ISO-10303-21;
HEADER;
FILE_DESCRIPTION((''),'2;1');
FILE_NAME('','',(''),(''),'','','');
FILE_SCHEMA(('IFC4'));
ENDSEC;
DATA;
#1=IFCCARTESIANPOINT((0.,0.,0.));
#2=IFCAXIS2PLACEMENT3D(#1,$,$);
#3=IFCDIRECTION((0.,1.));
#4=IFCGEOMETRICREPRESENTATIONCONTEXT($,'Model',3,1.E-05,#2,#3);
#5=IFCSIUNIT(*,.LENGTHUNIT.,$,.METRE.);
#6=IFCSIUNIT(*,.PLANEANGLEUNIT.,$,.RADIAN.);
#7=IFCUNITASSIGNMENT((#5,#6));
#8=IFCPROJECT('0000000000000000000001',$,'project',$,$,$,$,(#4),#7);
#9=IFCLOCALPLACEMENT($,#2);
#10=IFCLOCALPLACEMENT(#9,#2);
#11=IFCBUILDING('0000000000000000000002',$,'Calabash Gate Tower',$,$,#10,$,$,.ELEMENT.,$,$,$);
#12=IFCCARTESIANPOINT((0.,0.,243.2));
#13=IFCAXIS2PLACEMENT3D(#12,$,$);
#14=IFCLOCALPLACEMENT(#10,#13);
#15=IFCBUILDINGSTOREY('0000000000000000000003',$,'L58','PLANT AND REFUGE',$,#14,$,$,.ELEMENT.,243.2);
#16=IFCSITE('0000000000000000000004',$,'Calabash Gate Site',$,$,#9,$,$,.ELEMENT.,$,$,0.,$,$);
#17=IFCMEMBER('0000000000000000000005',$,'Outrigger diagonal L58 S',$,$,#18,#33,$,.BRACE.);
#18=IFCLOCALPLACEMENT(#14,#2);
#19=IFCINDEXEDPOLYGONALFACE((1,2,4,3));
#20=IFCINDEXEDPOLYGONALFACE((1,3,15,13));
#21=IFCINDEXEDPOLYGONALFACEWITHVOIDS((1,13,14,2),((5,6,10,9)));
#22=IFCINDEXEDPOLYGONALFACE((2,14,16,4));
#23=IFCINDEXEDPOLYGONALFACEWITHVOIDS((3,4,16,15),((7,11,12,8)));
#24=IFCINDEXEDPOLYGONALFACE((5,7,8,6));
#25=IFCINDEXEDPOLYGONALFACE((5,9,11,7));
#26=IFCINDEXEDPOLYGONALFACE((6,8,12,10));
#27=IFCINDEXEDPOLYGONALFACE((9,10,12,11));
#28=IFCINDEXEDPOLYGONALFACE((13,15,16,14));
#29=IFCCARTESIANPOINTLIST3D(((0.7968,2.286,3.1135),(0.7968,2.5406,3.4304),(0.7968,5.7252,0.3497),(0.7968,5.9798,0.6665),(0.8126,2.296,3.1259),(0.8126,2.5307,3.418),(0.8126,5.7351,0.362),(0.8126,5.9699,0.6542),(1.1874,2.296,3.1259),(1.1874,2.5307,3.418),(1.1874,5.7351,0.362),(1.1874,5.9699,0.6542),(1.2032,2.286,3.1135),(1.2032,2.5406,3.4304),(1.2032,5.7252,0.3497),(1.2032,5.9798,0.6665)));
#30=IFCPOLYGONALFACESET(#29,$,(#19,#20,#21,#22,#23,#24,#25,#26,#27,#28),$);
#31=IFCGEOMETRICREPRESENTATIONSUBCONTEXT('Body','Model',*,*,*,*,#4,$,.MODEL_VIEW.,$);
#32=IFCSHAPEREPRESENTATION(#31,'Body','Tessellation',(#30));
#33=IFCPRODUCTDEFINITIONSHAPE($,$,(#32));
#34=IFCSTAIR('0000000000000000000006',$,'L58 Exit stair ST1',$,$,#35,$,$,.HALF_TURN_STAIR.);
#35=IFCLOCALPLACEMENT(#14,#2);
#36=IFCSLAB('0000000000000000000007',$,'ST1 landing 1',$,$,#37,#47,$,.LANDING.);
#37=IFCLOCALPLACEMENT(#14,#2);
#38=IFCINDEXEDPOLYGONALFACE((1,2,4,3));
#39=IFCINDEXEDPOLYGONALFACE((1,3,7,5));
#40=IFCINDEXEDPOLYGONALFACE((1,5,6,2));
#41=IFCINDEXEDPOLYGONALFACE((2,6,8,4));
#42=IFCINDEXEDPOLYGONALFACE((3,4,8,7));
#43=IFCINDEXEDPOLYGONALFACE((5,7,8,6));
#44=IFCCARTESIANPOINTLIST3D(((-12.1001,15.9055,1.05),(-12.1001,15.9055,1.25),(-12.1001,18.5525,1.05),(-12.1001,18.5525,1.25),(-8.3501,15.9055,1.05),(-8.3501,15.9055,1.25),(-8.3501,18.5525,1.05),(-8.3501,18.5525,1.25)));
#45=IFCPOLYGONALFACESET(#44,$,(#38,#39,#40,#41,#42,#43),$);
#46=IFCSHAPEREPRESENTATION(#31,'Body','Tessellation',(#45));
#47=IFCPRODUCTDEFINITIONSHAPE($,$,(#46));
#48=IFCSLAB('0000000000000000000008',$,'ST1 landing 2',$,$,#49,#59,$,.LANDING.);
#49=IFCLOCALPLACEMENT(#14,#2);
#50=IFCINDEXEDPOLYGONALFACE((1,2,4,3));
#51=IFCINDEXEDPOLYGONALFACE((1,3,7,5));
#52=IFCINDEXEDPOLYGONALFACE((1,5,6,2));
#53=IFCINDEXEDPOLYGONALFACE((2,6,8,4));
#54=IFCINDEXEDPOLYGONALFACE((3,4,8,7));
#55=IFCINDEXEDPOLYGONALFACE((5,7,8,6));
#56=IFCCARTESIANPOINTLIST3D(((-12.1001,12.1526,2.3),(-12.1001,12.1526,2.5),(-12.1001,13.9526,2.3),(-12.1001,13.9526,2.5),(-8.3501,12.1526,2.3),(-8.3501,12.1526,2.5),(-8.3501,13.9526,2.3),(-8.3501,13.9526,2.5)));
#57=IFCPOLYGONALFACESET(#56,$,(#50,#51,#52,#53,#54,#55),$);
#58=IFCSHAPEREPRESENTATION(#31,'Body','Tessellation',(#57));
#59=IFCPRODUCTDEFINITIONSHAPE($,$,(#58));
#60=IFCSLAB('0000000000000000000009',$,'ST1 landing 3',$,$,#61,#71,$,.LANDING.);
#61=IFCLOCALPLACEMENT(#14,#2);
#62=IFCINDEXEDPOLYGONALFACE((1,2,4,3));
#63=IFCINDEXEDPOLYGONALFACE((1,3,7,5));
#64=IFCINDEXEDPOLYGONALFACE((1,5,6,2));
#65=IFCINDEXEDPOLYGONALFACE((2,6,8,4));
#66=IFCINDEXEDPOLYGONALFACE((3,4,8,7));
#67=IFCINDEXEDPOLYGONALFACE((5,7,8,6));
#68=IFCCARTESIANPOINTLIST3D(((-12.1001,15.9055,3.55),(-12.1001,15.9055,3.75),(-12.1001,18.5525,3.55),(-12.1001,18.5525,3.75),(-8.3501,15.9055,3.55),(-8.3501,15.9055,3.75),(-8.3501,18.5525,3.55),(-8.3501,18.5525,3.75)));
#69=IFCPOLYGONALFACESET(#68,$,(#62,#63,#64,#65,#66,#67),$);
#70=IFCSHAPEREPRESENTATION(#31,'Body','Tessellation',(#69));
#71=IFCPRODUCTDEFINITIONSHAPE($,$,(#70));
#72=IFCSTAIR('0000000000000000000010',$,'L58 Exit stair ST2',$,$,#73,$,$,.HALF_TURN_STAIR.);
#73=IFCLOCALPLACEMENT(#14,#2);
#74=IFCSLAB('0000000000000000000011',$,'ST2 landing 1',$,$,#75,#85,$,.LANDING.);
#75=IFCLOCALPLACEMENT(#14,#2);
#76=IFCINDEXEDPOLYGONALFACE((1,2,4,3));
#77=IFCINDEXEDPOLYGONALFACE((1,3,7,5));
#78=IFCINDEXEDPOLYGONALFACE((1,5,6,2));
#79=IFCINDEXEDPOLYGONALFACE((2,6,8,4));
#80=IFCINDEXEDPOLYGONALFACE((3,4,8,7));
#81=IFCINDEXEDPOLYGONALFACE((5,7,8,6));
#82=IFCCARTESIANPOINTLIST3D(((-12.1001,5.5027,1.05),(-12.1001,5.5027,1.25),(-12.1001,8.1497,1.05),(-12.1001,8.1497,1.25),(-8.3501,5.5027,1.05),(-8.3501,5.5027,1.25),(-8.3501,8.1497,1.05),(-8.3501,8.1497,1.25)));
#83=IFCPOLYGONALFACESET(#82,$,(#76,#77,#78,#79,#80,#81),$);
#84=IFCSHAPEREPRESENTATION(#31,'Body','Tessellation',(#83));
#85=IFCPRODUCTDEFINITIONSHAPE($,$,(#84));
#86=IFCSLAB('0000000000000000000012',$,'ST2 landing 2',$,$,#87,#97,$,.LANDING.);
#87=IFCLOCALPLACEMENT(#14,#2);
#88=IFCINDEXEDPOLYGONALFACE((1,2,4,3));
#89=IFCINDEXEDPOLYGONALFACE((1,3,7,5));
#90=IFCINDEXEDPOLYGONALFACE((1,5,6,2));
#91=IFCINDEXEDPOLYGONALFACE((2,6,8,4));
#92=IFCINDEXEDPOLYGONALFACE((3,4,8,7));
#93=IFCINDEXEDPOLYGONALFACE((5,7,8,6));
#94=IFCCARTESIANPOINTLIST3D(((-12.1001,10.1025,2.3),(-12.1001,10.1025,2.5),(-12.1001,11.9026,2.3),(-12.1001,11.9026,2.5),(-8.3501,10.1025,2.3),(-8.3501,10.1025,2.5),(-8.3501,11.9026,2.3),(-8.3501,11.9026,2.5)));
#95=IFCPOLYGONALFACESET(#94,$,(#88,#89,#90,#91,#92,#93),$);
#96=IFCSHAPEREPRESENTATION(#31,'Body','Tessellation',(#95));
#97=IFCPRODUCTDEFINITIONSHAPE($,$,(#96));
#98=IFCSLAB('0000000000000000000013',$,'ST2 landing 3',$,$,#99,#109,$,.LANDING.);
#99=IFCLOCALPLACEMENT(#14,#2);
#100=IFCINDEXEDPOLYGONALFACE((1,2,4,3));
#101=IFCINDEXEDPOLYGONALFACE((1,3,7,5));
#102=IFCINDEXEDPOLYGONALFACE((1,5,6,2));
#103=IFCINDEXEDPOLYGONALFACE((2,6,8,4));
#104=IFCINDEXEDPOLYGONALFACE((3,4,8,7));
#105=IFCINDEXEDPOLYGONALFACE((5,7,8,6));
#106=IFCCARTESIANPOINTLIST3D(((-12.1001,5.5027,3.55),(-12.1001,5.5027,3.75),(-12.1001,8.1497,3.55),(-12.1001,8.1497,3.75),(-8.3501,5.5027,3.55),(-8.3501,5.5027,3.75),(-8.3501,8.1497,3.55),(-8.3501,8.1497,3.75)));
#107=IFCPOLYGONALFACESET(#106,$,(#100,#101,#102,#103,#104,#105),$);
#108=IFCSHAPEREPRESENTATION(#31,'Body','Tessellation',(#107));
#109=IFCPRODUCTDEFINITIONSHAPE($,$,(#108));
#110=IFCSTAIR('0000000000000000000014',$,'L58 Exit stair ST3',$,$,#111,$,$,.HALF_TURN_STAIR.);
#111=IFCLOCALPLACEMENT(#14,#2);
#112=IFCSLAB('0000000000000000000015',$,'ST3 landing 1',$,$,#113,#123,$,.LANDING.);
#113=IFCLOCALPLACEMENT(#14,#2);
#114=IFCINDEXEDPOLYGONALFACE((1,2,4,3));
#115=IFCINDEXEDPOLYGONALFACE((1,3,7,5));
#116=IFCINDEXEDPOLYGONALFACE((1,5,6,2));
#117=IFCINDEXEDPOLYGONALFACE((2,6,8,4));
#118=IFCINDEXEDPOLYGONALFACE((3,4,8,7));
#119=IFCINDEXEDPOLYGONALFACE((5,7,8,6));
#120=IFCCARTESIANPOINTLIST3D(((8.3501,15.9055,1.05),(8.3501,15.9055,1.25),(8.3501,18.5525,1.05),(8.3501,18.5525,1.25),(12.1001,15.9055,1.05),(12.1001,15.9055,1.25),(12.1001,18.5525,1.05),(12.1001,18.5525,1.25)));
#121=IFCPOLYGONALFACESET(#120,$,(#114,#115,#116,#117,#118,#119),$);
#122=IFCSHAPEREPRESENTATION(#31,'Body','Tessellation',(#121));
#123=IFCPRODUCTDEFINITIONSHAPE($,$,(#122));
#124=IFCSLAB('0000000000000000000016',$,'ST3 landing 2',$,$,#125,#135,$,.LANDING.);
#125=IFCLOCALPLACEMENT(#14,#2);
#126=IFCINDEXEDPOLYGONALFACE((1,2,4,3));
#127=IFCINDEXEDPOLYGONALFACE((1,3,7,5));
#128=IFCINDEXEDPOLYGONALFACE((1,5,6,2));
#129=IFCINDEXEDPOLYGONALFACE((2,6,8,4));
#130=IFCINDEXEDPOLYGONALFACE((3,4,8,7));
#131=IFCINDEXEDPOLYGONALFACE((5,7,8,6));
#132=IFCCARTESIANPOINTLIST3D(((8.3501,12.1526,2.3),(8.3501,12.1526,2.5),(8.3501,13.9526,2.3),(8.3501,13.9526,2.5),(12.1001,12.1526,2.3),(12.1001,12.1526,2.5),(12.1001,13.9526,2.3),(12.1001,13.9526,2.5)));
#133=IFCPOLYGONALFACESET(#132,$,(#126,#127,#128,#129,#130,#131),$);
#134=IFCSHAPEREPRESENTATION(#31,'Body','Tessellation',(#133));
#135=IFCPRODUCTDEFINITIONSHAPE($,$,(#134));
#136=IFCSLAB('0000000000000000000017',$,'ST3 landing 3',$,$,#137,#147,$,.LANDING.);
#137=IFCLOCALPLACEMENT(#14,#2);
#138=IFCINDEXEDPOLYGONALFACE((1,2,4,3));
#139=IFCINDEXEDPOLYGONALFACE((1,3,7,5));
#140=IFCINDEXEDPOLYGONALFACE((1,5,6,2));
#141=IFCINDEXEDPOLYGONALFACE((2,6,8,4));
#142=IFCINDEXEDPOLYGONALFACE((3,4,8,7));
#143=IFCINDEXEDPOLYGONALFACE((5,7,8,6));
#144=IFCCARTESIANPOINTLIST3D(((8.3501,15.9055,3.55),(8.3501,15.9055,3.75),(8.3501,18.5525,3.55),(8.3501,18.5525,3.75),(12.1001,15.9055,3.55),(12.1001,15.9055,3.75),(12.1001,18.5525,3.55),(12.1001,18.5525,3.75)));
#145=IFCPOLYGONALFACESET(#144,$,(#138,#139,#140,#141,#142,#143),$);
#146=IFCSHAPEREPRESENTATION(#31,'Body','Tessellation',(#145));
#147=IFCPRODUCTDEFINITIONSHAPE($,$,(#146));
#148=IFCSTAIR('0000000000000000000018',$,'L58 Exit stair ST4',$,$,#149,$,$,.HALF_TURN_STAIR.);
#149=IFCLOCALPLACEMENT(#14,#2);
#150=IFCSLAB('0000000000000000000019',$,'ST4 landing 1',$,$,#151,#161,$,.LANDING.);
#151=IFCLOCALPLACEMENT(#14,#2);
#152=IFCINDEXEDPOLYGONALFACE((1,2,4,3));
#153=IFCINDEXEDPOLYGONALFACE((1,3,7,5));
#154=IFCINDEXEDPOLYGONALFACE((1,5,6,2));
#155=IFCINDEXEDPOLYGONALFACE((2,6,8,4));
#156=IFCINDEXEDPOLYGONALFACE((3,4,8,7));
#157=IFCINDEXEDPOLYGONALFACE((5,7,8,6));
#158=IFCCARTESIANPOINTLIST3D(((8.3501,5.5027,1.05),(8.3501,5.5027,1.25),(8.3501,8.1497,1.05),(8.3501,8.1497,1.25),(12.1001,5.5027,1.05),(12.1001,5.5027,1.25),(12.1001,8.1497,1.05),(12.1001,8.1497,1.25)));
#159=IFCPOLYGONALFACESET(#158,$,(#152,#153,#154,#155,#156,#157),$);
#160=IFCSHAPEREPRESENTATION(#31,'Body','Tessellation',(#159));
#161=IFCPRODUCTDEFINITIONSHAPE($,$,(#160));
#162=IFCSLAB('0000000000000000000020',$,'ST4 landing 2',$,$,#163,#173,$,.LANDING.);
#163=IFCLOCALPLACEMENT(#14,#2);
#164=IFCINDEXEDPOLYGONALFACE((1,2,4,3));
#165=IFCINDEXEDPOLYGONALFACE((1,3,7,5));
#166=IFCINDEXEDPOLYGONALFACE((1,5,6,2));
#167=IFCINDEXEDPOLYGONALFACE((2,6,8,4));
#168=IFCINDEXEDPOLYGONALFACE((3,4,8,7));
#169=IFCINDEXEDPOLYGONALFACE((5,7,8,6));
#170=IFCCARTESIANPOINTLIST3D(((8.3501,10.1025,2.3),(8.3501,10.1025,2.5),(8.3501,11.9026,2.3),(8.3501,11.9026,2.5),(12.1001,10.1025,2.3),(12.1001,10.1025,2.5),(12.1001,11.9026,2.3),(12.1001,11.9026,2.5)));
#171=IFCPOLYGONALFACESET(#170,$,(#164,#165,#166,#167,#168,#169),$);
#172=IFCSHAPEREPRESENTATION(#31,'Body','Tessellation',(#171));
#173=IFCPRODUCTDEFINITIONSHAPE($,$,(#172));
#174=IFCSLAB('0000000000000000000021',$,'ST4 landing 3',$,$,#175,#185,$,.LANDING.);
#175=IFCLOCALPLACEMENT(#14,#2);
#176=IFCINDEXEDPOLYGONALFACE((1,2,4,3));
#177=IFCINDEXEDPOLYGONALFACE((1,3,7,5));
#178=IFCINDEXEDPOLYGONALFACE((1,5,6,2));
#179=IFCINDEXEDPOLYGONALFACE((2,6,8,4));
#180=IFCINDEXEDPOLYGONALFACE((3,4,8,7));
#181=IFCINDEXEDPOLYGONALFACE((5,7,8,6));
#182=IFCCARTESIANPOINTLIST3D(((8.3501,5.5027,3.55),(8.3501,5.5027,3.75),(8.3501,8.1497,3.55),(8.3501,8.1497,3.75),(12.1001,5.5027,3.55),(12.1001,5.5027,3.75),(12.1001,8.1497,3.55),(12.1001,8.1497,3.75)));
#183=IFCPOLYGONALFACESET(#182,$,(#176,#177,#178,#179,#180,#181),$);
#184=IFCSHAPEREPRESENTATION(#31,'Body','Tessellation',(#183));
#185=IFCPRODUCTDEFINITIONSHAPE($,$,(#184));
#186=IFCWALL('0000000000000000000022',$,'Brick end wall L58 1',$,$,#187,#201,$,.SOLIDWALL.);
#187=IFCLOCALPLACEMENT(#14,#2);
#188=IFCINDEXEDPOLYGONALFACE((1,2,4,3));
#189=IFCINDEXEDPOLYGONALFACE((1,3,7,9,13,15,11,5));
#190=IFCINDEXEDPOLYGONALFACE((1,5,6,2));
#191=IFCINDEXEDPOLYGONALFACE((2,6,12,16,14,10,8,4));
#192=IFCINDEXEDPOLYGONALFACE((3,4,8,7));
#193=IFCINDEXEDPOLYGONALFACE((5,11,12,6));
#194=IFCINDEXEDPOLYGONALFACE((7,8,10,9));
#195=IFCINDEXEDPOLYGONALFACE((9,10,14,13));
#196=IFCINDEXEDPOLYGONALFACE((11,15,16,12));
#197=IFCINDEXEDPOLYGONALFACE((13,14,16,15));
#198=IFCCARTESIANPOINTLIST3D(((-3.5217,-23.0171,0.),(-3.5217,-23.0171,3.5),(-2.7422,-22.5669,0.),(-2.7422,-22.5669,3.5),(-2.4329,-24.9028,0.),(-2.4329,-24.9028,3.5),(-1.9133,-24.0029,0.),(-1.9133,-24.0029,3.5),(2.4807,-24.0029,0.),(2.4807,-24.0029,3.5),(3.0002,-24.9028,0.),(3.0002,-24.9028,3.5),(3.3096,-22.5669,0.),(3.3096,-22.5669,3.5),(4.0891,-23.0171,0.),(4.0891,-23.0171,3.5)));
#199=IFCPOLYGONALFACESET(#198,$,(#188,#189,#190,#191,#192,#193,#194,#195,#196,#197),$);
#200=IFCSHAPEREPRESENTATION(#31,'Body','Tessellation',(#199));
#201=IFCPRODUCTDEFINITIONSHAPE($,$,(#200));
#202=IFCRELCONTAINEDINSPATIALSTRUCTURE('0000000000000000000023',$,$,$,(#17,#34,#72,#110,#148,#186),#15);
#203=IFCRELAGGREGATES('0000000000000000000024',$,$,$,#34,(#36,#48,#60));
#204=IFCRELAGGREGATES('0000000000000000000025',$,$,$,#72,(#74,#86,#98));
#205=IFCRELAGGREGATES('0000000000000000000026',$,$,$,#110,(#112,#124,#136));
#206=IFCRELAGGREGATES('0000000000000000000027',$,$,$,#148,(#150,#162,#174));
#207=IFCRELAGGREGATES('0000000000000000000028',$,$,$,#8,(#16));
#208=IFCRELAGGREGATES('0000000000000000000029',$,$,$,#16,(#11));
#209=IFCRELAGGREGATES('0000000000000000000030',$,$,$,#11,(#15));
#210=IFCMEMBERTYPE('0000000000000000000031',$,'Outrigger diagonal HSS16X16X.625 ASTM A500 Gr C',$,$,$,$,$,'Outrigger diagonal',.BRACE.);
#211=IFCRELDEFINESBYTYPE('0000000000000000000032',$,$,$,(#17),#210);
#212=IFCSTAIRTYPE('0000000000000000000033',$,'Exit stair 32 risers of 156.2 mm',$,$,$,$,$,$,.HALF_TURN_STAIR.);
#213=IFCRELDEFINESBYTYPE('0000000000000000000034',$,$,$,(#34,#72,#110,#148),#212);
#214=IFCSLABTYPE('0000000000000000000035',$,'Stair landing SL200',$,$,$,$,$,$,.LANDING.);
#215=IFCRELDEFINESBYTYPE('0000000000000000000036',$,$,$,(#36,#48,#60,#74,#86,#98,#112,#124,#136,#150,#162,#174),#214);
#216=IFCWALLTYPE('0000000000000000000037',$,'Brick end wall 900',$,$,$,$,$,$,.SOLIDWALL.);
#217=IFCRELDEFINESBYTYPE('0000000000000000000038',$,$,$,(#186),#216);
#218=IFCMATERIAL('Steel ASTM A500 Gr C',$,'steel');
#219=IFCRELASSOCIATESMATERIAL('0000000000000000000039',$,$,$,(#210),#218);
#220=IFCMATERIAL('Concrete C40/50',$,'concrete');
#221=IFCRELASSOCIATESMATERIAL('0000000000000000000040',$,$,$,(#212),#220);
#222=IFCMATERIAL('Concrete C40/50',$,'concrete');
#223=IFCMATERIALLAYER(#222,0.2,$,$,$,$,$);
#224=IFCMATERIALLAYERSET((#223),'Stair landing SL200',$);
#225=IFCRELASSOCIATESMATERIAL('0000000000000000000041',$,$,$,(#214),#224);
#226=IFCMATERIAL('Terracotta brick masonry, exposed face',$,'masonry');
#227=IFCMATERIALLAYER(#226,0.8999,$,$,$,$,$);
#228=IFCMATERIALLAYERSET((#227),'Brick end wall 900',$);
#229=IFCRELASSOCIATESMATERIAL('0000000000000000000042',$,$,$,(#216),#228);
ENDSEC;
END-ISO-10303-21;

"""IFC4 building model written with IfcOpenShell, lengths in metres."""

from ifc_helpers import new_model, si_unit, direction, frame, origin, origin_2d, place, context, subcontext, project, spatial, polyline, hollow_rectangle, outline, extrude, material, layer, layer_set, material_profile, profile_set, type_object, element, aggregate, save


model = new_model("IFC4")

# Units and contexts
model_context = context("Model", 3, precision=1e-05, world=origin(), true_north=direction((0.0, 1.0)))
body_context = subcontext(model_context, "Body", "Model", "MODEL_VIEW")
ifc_project = project(units=[si_unit("LENGTHUNIT", "METRE"), si_unit("PLANEANGLEUNIT", "RADIAN")], contexts=[model_context])

# Site, building, storey
site_placement = place(None, origin())
site = spatial("IfcSite", under=ifc_project, at=site_placement, Name="Calabash Gate Site", CompositionType="ELEMENT", RefElevation=0.0)
building_placement = place(site_placement, origin())
building = spatial("IfcBuilding", under=site, at=building_placement, Name="Calabash Gate Tower", CompositionType="ELEMENT")
storey_placement = place(building_placement, frame((0.0, 0.0, 243.2)))
storey = spatial("IfcBuildingStorey", under=building, at=storey_placement, Name="L58", Description="PLANT AND REFUGE", CompositionType="ELEMENT", Elevation=243.2)

# Member
ifc_material_1 = material(Name="Steel ASTM A500 Gr C", Category="steel")
ifc_material_profile = material_profile(ifc_material_1, hollow_rectangle(XDim=0.4065, YDim=0.4065, WallThickness=0.0159, at=origin_2d()))
ifc_profile_set = profile_set([ifc_material_profile], Name="Steel ASTM A500 Gr C")
member_type = type_object("IfcMemberType", Name="Outrigger diagonal HSS16X16X.625 ASTM A500 Gr C", ElementType="Outrigger diagonal", PredefinedType="BRACE", material=ifc_profile_set)
member_placement = place(storey_placement, frame((1.0, 2.4133, 3.272), z_axis=(0.0, 0.77948, -0.626428), x_axis=(-1.0, 0.0, 0.0)))
element("IfcMember", 1, at=member_placement, inside=storey, type_object=member_type, Name="Outrigger diagonal L58 S", PredefinedType="BRACE", context=body_context, shape_type="SweptSolid", body=[
    extrude(hollow_rectangle(XDim=0.4065, YDim=0.4065, WallThickness=0.0159, at=origin_2d()), origin(), (0.0, 0.0, 1.0), 4.4121),
])

# Stairs, slabs
ifc_material_2 = material(Name="Concrete C40/50", Category="concrete")
stair_type = type_object("IfcStairType", Name="Exit stair 32 risers of 156.2 mm", PredefinedType="HALF_TURN_STAIR", material=ifc_material_2)
stair_1_placement = place(storey_placement, origin())
stair_1 = element("IfcStair", 2, at=stair_1_placement, inside=storey, type_object=stair_type, Name="L58 Exit stair ST1", PredefinedType="HALF_TURN_STAIR")
ifc_material_3 = material(Name="Concrete C40/50", Category="concrete")
ifc_layer_1 = layer(ifc_material_3, 0.2)
ifc_layer_set_1 = layer_set([ifc_layer_1], Name="Stair landing SL200")
slab_type = type_object("IfcSlabType", Name="Stair landing SL200", PredefinedType="LANDING", material=ifc_layer_set_1)
slab_1_placement = place(storey_placement, frame((0.0, 0.0, 1.05)))
slab_1 = element("IfcSlab", 3, at=slab_1_placement, type_object=slab_type, Name="ST1 landing 1", PredefinedType="LANDING", context=body_context, shape_type="SweptSolid", body=[
    extrude(outline(polyline([(-8.3501, 15.9055), (-8.3501, 18.5525), (-12.1001, 18.5525), (-12.1001, 15.9055), (-8.3501, 15.9055)])), origin(), (0.0, 0.0, 1.0), 0.2),
])
slab_2_placement = place(storey_placement, frame((0.0, 0.0, 2.3)))
slab_2 = element("IfcSlab", 4, at=slab_2_placement, type_object=slab_type, Name="ST1 landing 2", PredefinedType="LANDING", context=body_context, shape_type="SweptSolid", body=[
    extrude(outline(polyline([(-8.3501, 12.1526), (-8.3501, 13.9526), (-12.1001, 13.9526), (-12.1001, 12.1526), (-8.3501, 12.1526)])), origin(), (0.0, 0.0, 1.0), 0.2),
])
slab_3_placement = place(storey_placement, frame((0.0, 0.0, 3.55)))
slab_3 = element("IfcSlab", 5, at=slab_3_placement, type_object=slab_type, Name="ST1 landing 3", PredefinedType="LANDING", context=body_context, shape_type="SweptSolid", body=[
    extrude(outline(polyline([(-8.3501, 15.9055), (-8.3501, 18.5525), (-12.1001, 18.5525), (-12.1001, 15.9055), (-8.3501, 15.9055)])), origin(), (0.0, 0.0, 1.0), 0.2),
])
aggregate(stair_1, [slab_1, slab_2, slab_3])
stair_2_placement = place(storey_placement, origin())
stair_2 = element("IfcStair", 6, at=stair_2_placement, inside=storey, type_object=stair_type, Name="L58 Exit stair ST2", PredefinedType="HALF_TURN_STAIR")
slab_4_placement = place(storey_placement, frame((0.0, 0.0, 1.05)))
slab_4 = element("IfcSlab", 7, at=slab_4_placement, type_object=slab_type, Name="ST2 landing 1", PredefinedType="LANDING", context=body_context, shape_type="SweptSolid", body=[
    extrude(outline(polyline([(-12.1001, 8.1497), (-12.1001, 5.5027), (-8.3501, 5.5027), (-8.3501, 8.1497), (-12.1001, 8.1497)])), origin(), (0.0, 0.0, 1.0), 0.2),
])
slab_5_placement = place(storey_placement, frame((0.0, 0.0, 2.3)))
slab_5 = element("IfcSlab", 8, at=slab_5_placement, type_object=slab_type, Name="ST2 landing 2", PredefinedType="LANDING", context=body_context, shape_type="SweptSolid", body=[
    extrude(outline(polyline([(-12.1001, 11.9026), (-12.1001, 10.1025), (-8.3501, 10.1025), (-8.3501, 11.9026), (-12.1001, 11.9026)])), origin(), (0.0, 0.0, 1.0), 0.2),
])
slab_6_placement = place(storey_placement, frame((0.0, 0.0, 3.55)))
slab_6 = element("IfcSlab", 9, at=slab_6_placement, type_object=slab_type, Name="ST2 landing 3", PredefinedType="LANDING", context=body_context, shape_type="SweptSolid", body=[
    extrude(outline(polyline([(-12.1001, 8.1497), (-12.1001, 5.5027), (-8.3501, 5.5027), (-8.3501, 8.1497), (-12.1001, 8.1497)])), origin(), (0.0, 0.0, 1.0), 0.2),
])
aggregate(stair_2, [slab_4, slab_5, slab_6])
stair_3_placement = place(storey_placement, origin())
stair_3 = element("IfcStair", 10, at=stair_3_placement, inside=storey, type_object=stair_type, Name="L58 Exit stair ST3", PredefinedType="HALF_TURN_STAIR")
slab_7_placement = place(storey_placement, frame((0.0, 0.0, 1.05)))
slab_7 = element("IfcSlab", 11, at=slab_7_placement, type_object=slab_type, Name="ST3 landing 1", PredefinedType="LANDING", context=body_context, shape_type="SweptSolid", body=[
    extrude(outline(polyline([(12.1001, 15.9055), (12.1001, 18.5525), (8.3501, 18.5525), (8.3501, 15.9055), (12.1001, 15.9055)])), origin(), (0.0, 0.0, 1.0), 0.2),
])
slab_8_placement = place(storey_placement, frame((0.0, 0.0, 2.3)))
slab_8 = element("IfcSlab", 12, at=slab_8_placement, type_object=slab_type, Name="ST3 landing 2", PredefinedType="LANDING", context=body_context, shape_type="SweptSolid", body=[
    extrude(outline(polyline([(12.1001, 12.1526), (12.1001, 13.9526), (8.3501, 13.9526), (8.3501, 12.1526), (12.1001, 12.1526)])), origin(), (0.0, 0.0, 1.0), 0.2),
])
slab_9_placement = place(storey_placement, frame((0.0, 0.0, 3.55)))
slab_9 = element("IfcSlab", 13, at=slab_9_placement, type_object=slab_type, Name="ST3 landing 3", PredefinedType="LANDING", context=body_context, shape_type="SweptSolid", body=[
    extrude(outline(polyline([(12.1001, 15.9055), (12.1001, 18.5525), (8.3501, 18.5525), (8.3501, 15.9055), (12.1001, 15.9055)])), origin(), (0.0, 0.0, 1.0), 0.2),
])
aggregate(stair_3, [slab_7, slab_8, slab_9])
stair_4_placement = place(storey_placement, origin())
stair_4 = element("IfcStair", 14, at=stair_4_placement, inside=storey, type_object=stair_type, Name="L58 Exit stair ST4", PredefinedType="HALF_TURN_STAIR")
slab_10_placement = place(storey_placement, frame((0.0, 0.0, 1.05)))
slab_10 = element("IfcSlab", 15, at=slab_10_placement, type_object=slab_type, Name="ST4 landing 1", PredefinedType="LANDING", context=body_context, shape_type="SweptSolid", body=[
    extrude(outline(polyline([(8.3501, 8.1497), (8.3501, 5.5027), (12.1001, 5.5027), (12.1001, 8.1497), (8.3501, 8.1497)])), origin(), (0.0, 0.0, 1.0), 0.2),
])
slab_11_placement = place(storey_placement, frame((0.0, 0.0, 2.3)))
slab_11 = element("IfcSlab", 16, at=slab_11_placement, type_object=slab_type, Name="ST4 landing 2", PredefinedType="LANDING", context=body_context, shape_type="SweptSolid", body=[
    extrude(outline(polyline([(8.3501, 11.9026), (8.3501, 10.1025), (12.1001, 10.1025), (12.1001, 11.9026), (8.3501, 11.9026)])), origin(), (0.0, 0.0, 1.0), 0.2),
])
slab_12_placement = place(storey_placement, frame((0.0, 0.0, 3.55)))
slab_12 = element("IfcSlab", 17, at=slab_12_placement, type_object=slab_type, Name="ST4 landing 3", PredefinedType="LANDING", context=body_context, shape_type="SweptSolid", body=[
    extrude(outline(polyline([(8.3501, 8.1497), (8.3501, 5.5027), (12.1001, 5.5027), (12.1001, 8.1497), (8.3501, 8.1497)])), origin(), (0.0, 0.0, 1.0), 0.2),
])
aggregate(stair_4, [slab_10, slab_11, slab_12])

# Wall
ifc_material_4 = material(Name="Terracotta brick masonry, exposed face", Category="masonry")
ifc_layer_2 = layer(ifc_material_4, 0.8999)
ifc_layer_set_2 = layer_set([ifc_layer_2], Name="Brick end wall 900")
wall_type_1 = type_object("IfcWallType", Name="Brick end wall 900", PredefinedType="SOLIDWALL", material=ifc_layer_set_2)
wall_1_placement = place(storey_placement, origin())
element("IfcWall", 18, at=wall_1_placement, inside=storey, type_object=wall_type_1, Name="Brick end wall L58 1", PredefinedType="SOLIDWALL", context=body_context, shape_type="SweptSolid", body=[
    extrude(outline(polyline([(-2.7422, -22.5669), (-3.5217, -23.0171), (-2.4329, -24.9028), (3.0002, -24.9028), (4.0891, -23.0171), (3.3096, -22.5669), (2.4807, -24.0029), (-1.9133, -24.0029), (-2.7422, -22.5669)])), origin(), (0.0, 0.0, 1.0), 3.5),
])

save(model, "model.ifc")
